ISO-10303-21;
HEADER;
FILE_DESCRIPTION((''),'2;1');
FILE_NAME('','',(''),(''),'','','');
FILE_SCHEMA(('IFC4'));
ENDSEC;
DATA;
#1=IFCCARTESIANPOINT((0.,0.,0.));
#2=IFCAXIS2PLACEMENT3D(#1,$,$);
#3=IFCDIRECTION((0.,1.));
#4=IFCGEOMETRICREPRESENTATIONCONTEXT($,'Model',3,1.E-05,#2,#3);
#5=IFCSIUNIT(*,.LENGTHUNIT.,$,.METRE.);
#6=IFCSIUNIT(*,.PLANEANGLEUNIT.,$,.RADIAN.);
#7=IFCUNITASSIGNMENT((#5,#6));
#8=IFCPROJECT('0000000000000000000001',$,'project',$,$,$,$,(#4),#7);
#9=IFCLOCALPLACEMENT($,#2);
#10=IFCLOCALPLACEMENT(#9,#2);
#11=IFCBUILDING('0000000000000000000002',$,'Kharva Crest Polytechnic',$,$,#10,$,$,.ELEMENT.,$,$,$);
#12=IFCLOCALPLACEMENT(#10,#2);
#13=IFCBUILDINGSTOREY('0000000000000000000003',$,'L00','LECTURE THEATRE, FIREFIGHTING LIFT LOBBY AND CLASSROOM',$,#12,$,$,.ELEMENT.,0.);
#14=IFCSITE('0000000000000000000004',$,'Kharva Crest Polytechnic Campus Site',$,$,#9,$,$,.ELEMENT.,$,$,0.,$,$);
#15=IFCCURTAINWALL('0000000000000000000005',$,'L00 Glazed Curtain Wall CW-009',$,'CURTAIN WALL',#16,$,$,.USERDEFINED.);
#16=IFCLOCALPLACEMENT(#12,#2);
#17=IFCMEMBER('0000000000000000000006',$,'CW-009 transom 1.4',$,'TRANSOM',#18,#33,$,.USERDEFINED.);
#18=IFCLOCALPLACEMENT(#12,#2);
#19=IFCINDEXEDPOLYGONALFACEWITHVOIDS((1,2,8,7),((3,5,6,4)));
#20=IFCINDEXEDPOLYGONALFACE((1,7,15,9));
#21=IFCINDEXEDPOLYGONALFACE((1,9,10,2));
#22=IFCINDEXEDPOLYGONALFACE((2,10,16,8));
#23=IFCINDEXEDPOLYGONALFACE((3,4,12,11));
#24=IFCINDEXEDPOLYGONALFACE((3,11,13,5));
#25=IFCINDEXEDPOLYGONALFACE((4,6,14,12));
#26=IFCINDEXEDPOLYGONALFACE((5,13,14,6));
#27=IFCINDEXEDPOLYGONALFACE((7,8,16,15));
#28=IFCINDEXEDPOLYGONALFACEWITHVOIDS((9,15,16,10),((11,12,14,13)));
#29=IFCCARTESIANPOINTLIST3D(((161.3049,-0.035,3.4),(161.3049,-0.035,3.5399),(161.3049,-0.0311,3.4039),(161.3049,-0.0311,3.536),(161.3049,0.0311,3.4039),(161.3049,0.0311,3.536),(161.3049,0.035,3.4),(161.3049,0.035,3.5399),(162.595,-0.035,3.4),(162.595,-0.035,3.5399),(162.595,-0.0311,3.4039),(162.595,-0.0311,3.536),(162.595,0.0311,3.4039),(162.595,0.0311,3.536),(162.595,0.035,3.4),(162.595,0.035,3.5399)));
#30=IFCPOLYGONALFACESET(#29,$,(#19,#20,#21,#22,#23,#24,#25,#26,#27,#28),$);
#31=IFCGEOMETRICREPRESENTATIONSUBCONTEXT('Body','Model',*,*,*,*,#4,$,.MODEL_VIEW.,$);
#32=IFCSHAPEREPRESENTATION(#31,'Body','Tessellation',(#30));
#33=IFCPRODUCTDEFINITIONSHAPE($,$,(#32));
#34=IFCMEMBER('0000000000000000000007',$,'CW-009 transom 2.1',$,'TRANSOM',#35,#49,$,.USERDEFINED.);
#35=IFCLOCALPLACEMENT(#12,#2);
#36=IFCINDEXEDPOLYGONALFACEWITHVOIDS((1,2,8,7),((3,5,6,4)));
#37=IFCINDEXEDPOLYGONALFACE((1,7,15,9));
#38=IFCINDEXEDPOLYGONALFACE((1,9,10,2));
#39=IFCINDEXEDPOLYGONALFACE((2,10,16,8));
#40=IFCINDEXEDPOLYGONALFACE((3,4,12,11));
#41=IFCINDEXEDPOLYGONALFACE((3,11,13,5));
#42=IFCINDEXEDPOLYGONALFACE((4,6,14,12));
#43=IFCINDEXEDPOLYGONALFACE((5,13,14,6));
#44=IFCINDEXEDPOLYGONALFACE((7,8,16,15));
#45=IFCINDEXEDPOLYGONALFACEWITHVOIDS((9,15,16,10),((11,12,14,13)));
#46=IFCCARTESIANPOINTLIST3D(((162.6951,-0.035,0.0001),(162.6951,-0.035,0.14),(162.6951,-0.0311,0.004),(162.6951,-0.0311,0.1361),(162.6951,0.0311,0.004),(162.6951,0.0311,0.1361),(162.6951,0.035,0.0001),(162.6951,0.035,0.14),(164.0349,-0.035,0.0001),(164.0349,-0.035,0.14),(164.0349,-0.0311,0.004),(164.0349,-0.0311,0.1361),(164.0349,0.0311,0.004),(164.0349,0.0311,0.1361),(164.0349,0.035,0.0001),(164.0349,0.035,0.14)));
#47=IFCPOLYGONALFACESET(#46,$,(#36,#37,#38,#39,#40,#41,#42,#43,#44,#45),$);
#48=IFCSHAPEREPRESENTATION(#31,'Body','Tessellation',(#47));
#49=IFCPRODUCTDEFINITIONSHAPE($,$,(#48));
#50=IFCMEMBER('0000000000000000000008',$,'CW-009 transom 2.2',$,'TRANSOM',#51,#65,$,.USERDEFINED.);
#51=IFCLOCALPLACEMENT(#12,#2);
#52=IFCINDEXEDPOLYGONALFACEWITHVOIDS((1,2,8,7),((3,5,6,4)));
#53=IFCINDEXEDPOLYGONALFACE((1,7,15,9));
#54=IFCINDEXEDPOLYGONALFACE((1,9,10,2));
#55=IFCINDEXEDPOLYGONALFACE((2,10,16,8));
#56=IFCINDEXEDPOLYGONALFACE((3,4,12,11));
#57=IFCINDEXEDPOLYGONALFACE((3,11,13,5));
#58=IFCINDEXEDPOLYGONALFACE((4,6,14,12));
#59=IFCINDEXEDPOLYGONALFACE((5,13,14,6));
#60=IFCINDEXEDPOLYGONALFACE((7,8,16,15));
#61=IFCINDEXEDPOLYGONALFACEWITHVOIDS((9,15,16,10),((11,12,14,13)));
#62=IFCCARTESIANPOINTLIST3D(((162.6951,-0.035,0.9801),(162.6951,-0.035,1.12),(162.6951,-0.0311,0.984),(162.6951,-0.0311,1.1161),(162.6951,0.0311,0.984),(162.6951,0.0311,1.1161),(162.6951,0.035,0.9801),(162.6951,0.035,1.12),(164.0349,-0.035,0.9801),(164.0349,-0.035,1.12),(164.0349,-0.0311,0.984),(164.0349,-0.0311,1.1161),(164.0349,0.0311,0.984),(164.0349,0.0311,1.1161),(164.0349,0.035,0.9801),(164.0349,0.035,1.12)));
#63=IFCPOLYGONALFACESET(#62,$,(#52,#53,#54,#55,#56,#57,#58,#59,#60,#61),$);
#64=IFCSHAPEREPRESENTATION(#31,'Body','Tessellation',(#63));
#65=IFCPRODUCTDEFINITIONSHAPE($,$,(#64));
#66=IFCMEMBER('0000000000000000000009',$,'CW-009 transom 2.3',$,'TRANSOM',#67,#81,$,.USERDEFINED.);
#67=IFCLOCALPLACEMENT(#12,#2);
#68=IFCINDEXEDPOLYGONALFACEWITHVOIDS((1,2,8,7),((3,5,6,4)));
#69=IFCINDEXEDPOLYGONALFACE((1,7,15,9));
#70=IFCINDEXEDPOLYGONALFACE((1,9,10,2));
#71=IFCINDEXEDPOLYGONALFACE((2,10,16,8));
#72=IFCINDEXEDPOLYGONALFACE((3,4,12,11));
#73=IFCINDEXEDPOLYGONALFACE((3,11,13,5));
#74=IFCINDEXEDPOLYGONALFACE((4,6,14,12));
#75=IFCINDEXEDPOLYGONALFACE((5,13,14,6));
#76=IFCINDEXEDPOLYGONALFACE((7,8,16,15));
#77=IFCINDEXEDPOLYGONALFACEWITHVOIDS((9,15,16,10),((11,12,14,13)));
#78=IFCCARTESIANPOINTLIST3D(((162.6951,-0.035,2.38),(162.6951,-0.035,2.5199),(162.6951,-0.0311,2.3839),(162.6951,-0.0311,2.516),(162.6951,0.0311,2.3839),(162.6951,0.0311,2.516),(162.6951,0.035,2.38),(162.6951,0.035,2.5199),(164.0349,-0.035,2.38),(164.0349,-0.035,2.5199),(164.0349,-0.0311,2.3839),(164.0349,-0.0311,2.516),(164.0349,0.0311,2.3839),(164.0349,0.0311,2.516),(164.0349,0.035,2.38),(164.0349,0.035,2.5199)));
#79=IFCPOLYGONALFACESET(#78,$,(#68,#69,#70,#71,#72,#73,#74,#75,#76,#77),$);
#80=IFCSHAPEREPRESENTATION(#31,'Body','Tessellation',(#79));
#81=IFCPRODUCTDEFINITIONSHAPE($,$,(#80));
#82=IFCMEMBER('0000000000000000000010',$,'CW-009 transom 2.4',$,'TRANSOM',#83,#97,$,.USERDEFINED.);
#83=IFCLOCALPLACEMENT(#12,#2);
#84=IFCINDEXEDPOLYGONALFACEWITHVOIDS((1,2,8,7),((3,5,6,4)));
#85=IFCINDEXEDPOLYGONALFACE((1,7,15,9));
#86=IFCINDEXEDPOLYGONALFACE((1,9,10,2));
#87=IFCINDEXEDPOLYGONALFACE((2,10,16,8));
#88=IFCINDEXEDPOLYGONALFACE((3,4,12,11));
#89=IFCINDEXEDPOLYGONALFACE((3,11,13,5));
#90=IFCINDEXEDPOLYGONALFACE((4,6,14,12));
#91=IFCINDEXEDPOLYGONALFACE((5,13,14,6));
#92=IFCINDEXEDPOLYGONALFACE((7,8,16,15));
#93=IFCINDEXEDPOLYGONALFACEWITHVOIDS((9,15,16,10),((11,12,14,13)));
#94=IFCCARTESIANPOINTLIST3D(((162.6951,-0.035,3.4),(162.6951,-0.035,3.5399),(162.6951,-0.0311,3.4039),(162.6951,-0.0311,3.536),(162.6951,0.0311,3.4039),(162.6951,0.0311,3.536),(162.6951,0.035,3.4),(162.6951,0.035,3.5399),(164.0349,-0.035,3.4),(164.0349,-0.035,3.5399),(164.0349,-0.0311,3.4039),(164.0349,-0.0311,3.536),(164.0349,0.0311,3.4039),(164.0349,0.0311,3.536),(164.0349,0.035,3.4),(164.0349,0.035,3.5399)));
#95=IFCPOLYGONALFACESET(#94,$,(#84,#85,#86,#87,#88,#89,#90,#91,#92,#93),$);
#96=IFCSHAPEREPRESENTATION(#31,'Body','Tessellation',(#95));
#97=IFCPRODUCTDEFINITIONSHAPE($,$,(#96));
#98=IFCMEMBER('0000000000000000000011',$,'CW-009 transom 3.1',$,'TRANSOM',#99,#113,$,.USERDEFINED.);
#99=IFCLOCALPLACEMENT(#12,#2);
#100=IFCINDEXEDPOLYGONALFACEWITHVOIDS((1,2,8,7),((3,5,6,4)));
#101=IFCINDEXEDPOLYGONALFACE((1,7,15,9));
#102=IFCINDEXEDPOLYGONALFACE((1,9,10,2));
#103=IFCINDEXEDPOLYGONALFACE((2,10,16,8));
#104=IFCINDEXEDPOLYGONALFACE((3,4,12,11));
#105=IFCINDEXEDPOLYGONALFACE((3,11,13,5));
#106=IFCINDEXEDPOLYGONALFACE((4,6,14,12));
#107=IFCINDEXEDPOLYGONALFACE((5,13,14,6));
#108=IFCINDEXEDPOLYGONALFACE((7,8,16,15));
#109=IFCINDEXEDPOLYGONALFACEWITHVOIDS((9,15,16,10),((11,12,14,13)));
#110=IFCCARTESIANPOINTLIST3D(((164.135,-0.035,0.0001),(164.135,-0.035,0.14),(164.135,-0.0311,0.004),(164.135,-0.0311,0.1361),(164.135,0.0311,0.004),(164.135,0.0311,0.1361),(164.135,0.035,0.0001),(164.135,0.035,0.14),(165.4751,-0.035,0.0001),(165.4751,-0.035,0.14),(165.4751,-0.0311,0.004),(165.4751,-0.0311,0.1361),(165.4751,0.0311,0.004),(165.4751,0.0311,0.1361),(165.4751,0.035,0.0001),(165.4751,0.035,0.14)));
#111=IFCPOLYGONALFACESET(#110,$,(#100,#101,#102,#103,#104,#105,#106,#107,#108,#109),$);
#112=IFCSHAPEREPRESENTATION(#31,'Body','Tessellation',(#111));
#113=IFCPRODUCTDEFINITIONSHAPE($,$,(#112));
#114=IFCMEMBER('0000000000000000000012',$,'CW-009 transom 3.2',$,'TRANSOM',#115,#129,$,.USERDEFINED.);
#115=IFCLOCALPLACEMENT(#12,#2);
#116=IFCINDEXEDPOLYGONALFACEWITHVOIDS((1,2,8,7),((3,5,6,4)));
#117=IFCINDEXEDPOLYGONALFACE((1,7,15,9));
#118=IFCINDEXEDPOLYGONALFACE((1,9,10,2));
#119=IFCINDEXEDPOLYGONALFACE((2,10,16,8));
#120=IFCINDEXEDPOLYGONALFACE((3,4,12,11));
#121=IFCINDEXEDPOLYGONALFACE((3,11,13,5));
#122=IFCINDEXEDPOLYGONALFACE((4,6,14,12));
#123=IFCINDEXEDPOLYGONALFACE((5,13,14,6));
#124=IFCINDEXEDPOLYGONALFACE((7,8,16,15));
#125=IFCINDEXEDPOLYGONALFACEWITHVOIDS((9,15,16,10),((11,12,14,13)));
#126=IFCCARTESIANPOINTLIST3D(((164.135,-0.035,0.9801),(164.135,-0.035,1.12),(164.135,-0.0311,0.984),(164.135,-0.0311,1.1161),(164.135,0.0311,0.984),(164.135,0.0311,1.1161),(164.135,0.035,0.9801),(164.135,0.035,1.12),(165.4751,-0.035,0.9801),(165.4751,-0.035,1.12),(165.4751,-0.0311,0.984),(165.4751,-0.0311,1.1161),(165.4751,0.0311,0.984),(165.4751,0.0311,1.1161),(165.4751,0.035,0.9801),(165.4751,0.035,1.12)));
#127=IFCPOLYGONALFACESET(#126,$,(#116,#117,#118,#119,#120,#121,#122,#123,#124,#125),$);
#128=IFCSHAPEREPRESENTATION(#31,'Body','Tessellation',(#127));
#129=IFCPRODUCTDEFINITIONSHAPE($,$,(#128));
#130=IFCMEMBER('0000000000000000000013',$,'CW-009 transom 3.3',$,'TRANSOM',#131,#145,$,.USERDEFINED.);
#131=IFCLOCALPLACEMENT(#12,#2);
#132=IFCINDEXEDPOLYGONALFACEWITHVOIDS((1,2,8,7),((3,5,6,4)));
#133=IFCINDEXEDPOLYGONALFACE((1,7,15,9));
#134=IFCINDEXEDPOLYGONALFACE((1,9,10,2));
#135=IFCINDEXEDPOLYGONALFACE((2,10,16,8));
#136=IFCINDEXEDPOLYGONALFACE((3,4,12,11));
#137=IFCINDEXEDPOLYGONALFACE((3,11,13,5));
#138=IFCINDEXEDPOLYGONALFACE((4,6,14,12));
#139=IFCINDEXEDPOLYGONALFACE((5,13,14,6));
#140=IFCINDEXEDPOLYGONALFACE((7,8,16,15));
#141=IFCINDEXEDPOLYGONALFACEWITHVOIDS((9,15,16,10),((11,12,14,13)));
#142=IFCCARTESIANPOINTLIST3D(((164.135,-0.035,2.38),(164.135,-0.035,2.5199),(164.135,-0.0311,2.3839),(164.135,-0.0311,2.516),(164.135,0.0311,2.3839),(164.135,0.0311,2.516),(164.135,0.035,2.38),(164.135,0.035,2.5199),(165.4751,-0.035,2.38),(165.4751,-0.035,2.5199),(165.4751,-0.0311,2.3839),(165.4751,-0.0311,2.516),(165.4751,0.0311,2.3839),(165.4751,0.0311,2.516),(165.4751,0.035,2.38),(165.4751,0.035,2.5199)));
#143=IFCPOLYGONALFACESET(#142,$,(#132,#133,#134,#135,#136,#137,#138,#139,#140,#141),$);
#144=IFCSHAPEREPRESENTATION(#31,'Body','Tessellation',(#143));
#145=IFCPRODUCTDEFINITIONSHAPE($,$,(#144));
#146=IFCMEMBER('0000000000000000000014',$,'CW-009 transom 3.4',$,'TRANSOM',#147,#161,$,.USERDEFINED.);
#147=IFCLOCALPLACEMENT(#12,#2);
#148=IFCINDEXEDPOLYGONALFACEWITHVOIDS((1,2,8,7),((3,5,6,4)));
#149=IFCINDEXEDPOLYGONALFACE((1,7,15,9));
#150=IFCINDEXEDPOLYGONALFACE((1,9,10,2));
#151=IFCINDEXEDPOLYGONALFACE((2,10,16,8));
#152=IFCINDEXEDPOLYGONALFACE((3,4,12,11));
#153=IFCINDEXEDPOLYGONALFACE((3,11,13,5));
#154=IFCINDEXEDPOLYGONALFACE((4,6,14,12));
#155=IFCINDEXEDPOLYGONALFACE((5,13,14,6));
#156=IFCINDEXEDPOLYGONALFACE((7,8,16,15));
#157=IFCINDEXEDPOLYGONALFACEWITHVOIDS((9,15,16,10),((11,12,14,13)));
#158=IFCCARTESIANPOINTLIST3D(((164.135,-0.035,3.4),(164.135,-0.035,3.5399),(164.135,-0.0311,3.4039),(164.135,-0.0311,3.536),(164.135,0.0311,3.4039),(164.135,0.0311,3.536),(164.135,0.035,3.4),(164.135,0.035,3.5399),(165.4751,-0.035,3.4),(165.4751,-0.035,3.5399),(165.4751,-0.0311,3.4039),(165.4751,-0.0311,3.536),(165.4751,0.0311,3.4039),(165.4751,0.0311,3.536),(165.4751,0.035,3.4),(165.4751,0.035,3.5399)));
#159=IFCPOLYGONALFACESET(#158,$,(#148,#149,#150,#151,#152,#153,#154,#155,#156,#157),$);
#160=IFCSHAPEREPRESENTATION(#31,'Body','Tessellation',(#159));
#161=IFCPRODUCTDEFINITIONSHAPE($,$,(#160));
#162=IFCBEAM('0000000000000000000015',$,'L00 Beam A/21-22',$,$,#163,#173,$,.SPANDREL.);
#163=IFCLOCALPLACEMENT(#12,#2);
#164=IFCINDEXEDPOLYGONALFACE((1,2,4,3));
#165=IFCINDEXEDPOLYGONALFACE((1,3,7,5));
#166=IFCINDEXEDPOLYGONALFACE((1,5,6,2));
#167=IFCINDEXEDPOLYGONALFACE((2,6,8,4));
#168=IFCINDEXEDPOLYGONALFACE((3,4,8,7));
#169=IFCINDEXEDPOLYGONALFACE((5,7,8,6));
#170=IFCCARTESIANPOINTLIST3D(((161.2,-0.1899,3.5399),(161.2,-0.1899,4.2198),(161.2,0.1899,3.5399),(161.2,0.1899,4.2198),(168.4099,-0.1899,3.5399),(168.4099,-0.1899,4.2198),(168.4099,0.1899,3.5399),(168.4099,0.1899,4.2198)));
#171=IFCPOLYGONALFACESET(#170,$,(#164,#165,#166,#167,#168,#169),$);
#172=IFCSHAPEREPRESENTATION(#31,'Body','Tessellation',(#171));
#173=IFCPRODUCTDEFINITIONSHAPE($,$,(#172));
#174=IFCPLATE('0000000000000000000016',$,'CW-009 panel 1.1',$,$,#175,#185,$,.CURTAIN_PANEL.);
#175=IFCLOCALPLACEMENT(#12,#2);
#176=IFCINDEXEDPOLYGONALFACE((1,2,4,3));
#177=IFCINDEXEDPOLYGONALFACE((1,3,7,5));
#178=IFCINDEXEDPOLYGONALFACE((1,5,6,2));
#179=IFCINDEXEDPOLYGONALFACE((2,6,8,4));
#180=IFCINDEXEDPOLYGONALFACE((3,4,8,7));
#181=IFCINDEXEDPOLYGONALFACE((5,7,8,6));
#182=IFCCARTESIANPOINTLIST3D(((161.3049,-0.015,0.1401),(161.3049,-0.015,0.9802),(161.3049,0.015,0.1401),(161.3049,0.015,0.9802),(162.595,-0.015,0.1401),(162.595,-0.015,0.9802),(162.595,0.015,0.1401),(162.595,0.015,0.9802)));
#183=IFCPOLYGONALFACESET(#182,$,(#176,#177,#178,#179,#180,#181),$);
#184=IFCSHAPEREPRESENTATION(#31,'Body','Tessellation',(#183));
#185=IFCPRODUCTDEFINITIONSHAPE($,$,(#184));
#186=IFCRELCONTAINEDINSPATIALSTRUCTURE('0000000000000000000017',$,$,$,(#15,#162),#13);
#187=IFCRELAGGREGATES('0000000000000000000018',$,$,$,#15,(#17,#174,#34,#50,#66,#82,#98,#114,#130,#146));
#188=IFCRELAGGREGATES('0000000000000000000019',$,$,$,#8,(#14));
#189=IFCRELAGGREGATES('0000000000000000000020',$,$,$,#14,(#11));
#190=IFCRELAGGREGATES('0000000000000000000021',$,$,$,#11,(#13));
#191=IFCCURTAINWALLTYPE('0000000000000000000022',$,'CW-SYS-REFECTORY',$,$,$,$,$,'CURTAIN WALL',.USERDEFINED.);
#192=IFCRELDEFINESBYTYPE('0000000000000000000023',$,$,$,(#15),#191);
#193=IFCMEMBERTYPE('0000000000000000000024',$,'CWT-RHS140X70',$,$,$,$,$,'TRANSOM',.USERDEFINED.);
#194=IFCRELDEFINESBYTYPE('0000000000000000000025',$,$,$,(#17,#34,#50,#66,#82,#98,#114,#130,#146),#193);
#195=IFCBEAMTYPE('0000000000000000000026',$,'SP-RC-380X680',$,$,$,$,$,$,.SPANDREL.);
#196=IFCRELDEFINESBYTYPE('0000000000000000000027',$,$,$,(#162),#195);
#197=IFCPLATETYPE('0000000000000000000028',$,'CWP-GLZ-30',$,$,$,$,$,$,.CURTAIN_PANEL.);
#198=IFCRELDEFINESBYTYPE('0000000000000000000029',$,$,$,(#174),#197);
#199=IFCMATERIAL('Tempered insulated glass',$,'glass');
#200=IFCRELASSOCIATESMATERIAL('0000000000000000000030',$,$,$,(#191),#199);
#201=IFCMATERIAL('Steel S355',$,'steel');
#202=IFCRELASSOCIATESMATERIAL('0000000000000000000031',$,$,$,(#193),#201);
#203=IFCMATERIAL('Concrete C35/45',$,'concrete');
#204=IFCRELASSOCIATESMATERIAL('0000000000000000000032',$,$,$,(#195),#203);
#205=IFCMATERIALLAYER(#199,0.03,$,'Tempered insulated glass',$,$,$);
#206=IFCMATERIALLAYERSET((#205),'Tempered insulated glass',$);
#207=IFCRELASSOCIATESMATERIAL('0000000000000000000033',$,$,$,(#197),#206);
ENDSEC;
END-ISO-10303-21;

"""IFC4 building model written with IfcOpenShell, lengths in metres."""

from ifc_helpers import new_model, si_unit, direction, frame, origin, origin_2d, place, context, subcontext, project, spatial, rectangle, hollow_rectangle, extrude, material, layer, layer_set, material_profile, profile_set, type_object, element, aggregate, save


model = new_model("IFC4")

# Units and contexts
model_context = context("Model", 3, precision=1e-05, world=origin(), true_north=direction((0.0, 1.0)))
body_context = subcontext(model_context, "Body", "Model", "MODEL_VIEW")
ifc_project = project(units=[si_unit("LENGTHUNIT", "METRE"), si_unit("PLANEANGLEUNIT", "RADIAN")], contexts=[model_context])

# Site, building, storey
site_placement = place(None, origin())
site = spatial("IfcSite", under=ifc_project, at=site_placement, Name="Kharva Crest Polytechnic Campus Site", CompositionType="ELEMENT", RefElevation=0.0)
building_placement = place(site_placement, origin())
building = spatial("IfcBuilding", under=site, at=building_placement, Name="Kharva Crest Polytechnic", CompositionType="ELEMENT")
storey_placement = place(building_placement, origin())
storey = spatial("IfcBuildingStorey", under=building, at=storey_placement, Name="L00", Description="LECTURE THEATRE, FIREFIGHTING LIFT LOBBY AND CLASSROOM", CompositionType="ELEMENT", Elevation=0.0)

# Shared definitions
ifc_material_1 = material(Name="Concrete C35/45", Category="concrete")

# Curtain wall, members
ifc_material_2 = material(Name="Tempered insulated glass", Category="glass")
curtain_wall_type = type_object("IfcCurtainWallType", Name="CW-SYS-REFECTORY", ElementType="CURTAIN WALL", PredefinedType="USERDEFINED", material=ifc_material_2)
curtain_wall_placement = place(storey_placement, origin())
curtain_wall = element("IfcCurtainWall", 1, at=curtain_wall_placement, inside=storey, type_object=curtain_wall_type, Name="L00 Glazed Curtain Wall CW-009", ObjectType="CURTAIN WALL", PredefinedType="USERDEFINED")
ifc_material_3 = material(Name="Steel S355", Category="steel")
ifc_material_profile_1 = material_profile(ifc_material_3, hollow_rectangle(XDim=0.0701, YDim=0.1399, WallThickness=0.0039, at=origin_2d()), Name="RHS 140X70X4.0")
ifc_profile_set_1 = profile_set([ifc_material_profile_1], Name="Steel S355")
member_type_1 = type_object("IfcMemberType", Name="CWT-RHS140X70", ElementType="TRANSOM", PredefinedType="USERDEFINED", material=ifc_profile_set_1)
member_1_placement = place(storey_placement, frame((161.3049, 0.0, 3.47), z_axis=(1.0, 0.0, 0.0), x_axis=(0.0, 1.0, 0.0)))
member_1 = element("IfcMember", 2, at=member_1_placement, type_object=member_type_1, Name="CW-009 transom 1.4", ObjectType="TRANSOM", PredefinedType="USERDEFINED", context=body_context, shape_type="SweptSolid", body=[
    extrude(hollow_rectangle(XDim=0.0701, YDim=0.1399, WallThickness=0.0039, at=origin_2d()), origin(), (0.0, 0.0, 1.0), 1.29),
])
member_2_placement = place(storey_placement, frame((162.6951, 0.0, 0.0701), z_axis=(1.0, 0.0, 0.0), x_axis=(0.0, 1.0, 0.0)))
member_2 = element("IfcMember", 3, at=member_2_placement, type_object=member_type_1, Name="CW-009 transom 2.1", ObjectType="TRANSOM", PredefinedType="USERDEFINED", context=body_context, shape_type="SweptSolid", body=[
    extrude(hollow_rectangle(XDim=0.0701, YDim=0.1399, WallThickness=0.0039, at=origin_2d()), origin(), (0.0, 0.0, 1.0), 1.3398),
])
member_3_placement = place(storey_placement, frame((162.6951, 0.0, 1.05), z_axis=(1.0, 0.0, 0.0), x_axis=(0.0, 1.0, 0.0)))
member_3 = element("IfcMember", 4, at=member_3_placement, type_object=member_type_1, Name="CW-009 transom 2.2", ObjectType="TRANSOM", PredefinedType="USERDEFINED", context=body_context, shape_type="SweptSolid", body=[
    extrude(hollow_rectangle(XDim=0.0701, YDim=0.1399, WallThickness=0.0039, at=origin_2d()), origin(), (0.0, 0.0, 1.0), 1.3398),
])
member_4_placement = place(storey_placement, frame((162.6951, 0.0, 2.45), z_axis=(1.0, 0.0, 0.0), x_axis=(0.0, 1.0, 0.0)))
member_4 = element("IfcMember", 5, at=member_4_placement, type_object=member_type_1, Name="CW-009 transom 2.3", ObjectType="TRANSOM", PredefinedType="USERDEFINED", context=body_context, shape_type="SweptSolid", body=[
    extrude(hollow_rectangle(XDim=0.0701, YDim=0.1399, WallThickness=0.0039, at=origin_2d()), origin(), (0.0, 0.0, 1.0), 1.3398),
])
member_5_placement = place(storey_placement, frame((162.6951, 0.0, 3.47), z_axis=(1.0, 0.0, 0.0), x_axis=(0.0, 1.0, 0.0)))
member_5 = element("IfcMember", 6, at=member_5_placement, type_object=member_type_1, Name="CW-009 transom 2.4", ObjectType="TRANSOM", PredefinedType="USERDEFINED", context=body_context, shape_type="SweptSolid", body=[
    extrude(hollow_rectangle(XDim=0.0701, YDim=0.1399, WallThickness=0.0039, at=origin_2d()), origin(), (0.0, 0.0, 1.0), 1.3398),
])
member_6_placement = place(storey_placement, frame((164.135, 0.0, 0.0701), z_axis=(1.0, 0.0, 0.0), x_axis=(0.0, 1.0, 0.0)))
member_6 = element("IfcMember", 7, at=member_6_placement, type_object=member_type_1, Name="CW-009 transom 3.1", ObjectType="TRANSOM", PredefinedType="USERDEFINED", context=body_context, shape_type="SweptSolid", body=[
    extrude(hollow_rectangle(XDim=0.0701, YDim=0.1399, WallThickness=0.0039, at=origin_2d()), origin(), (0.0, 0.0, 1.0), 1.3401),
])
member_7_placement = place(storey_placement, frame((164.135, 0.0, 1.05), z_axis=(1.0, 0.0, 0.0), x_axis=(0.0, 1.0, 0.0)))
member_7 = element("IfcMember", 8, at=member_7_placement, type_object=member_type_1, Name="CW-009 transom 3.2", ObjectType="TRANSOM", PredefinedType="USERDEFINED", context=body_context, shape_type="SweptSolid", body=[
    extrude(hollow_rectangle(XDim=0.0701, YDim=0.1399, WallThickness=0.0039, at=origin_2d()), origin(), (0.0, 0.0, 1.0), 1.3401),
])
member_8_placement = place(storey_placement, frame((164.135, 0.0, 2.45), z_axis=(1.0, 0.0, 0.0), x_axis=(0.0, 1.0, 0.0)))
member_8 = element("IfcMember", 9, at=member_8_placement, type_object=member_type_1, Name="CW-009 transom 3.3", ObjectType="TRANSOM", PredefinedType="USERDEFINED", context=body_context, shape_type="SweptSolid", body=[
    extrude(hollow_rectangle(XDim=0.0701, YDim=0.1399, WallThickness=0.0039, at=origin_2d()), origin(), (0.0, 0.0, 1.0), 1.3401),
])
member_9_placement = place(storey_placement, frame((164.135, 0.0, 3.47), z_axis=(1.0, 0.0, 0.0), x_axis=(0.0, 1.0, 0.0)))
member_9 = element("IfcMember", 10, at=member_9_placement, type_object=member_type_1, Name="CW-009 transom 3.4", ObjectType="TRANSOM", PredefinedType="USERDEFINED", context=body_context, shape_type="SweptSolid", body=[
    extrude(hollow_rectangle(XDim=0.0701, YDim=0.1399, WallThickness=0.0039, at=origin_2d()), origin(), (0.0, 0.0, 1.0), 1.3401),
])

# Beam
ifc_material_profile_2 = material_profile(ifc_material_1, rectangle(XDim=0.3799, YDim=0.6799, at=origin_2d()), Name="RECT 380 X 680")
ifc_profile_set_2 = profile_set([ifc_material_profile_2], Name="Concrete C35/45")
beam_type_1 = type_object("IfcBeamType", Name="SP-RC-380X680", PredefinedType="SPANDREL", material=ifc_profile_set_2)
beam_1_placement = place(storey_placement, frame((161.2, 0.0, 3.8799), z_axis=(1.0, 0.0, 0.0), x_axis=(0.0, 1.0, 0.0)))
element("IfcBeam", 11, at=beam_1_placement, inside=storey, type_object=beam_type_1, Name="L00 Beam A/21-22", PredefinedType="SPANDREL", context=body_context, shape_type="SweptSolid", body=[
    extrude(rectangle(XDim=0.3799, YDim=0.6799, at=origin_2d()), origin(), (0.0, 0.0, 1.0), 7.21),
])

# Plate
ifc_layer = layer(ifc_material_2, 0.03, Name="Tempered insulated glass")
ifc_layer_set = layer_set([ifc_layer], Name="Tempered insulated glass")
plate_type = type_object("IfcPlateType", Name="CWP-GLZ-30", PredefinedType="CURTAIN_PANEL", material=ifc_layer_set)
plate_1_placement = place(storey_placement, frame((161.95, 0.0, 0.1401), z_axis=(0.0, 0.0, 1.0), x_axis=(1.0, 0.0, 0.0)))
plate_1 = element("IfcPlate", 12, at=plate_1_placement, type_object=plate_type, Name="CW-009 panel 1.1", PredefinedType="CURTAIN_PANEL", context=body_context, shape_type="SweptSolid", body=[
    extrude(rectangle(XDim=1.29, YDim=0.03, at=origin_2d()), origin(), (0.0, 0.0, 1.0), 0.8401),
])
aggregate(curtain_wall, [member_1, plate_1, member_2, member_3, member_4, member_5, member_6, member_7, member_8, member_9])

save(model, "model.ifc")
